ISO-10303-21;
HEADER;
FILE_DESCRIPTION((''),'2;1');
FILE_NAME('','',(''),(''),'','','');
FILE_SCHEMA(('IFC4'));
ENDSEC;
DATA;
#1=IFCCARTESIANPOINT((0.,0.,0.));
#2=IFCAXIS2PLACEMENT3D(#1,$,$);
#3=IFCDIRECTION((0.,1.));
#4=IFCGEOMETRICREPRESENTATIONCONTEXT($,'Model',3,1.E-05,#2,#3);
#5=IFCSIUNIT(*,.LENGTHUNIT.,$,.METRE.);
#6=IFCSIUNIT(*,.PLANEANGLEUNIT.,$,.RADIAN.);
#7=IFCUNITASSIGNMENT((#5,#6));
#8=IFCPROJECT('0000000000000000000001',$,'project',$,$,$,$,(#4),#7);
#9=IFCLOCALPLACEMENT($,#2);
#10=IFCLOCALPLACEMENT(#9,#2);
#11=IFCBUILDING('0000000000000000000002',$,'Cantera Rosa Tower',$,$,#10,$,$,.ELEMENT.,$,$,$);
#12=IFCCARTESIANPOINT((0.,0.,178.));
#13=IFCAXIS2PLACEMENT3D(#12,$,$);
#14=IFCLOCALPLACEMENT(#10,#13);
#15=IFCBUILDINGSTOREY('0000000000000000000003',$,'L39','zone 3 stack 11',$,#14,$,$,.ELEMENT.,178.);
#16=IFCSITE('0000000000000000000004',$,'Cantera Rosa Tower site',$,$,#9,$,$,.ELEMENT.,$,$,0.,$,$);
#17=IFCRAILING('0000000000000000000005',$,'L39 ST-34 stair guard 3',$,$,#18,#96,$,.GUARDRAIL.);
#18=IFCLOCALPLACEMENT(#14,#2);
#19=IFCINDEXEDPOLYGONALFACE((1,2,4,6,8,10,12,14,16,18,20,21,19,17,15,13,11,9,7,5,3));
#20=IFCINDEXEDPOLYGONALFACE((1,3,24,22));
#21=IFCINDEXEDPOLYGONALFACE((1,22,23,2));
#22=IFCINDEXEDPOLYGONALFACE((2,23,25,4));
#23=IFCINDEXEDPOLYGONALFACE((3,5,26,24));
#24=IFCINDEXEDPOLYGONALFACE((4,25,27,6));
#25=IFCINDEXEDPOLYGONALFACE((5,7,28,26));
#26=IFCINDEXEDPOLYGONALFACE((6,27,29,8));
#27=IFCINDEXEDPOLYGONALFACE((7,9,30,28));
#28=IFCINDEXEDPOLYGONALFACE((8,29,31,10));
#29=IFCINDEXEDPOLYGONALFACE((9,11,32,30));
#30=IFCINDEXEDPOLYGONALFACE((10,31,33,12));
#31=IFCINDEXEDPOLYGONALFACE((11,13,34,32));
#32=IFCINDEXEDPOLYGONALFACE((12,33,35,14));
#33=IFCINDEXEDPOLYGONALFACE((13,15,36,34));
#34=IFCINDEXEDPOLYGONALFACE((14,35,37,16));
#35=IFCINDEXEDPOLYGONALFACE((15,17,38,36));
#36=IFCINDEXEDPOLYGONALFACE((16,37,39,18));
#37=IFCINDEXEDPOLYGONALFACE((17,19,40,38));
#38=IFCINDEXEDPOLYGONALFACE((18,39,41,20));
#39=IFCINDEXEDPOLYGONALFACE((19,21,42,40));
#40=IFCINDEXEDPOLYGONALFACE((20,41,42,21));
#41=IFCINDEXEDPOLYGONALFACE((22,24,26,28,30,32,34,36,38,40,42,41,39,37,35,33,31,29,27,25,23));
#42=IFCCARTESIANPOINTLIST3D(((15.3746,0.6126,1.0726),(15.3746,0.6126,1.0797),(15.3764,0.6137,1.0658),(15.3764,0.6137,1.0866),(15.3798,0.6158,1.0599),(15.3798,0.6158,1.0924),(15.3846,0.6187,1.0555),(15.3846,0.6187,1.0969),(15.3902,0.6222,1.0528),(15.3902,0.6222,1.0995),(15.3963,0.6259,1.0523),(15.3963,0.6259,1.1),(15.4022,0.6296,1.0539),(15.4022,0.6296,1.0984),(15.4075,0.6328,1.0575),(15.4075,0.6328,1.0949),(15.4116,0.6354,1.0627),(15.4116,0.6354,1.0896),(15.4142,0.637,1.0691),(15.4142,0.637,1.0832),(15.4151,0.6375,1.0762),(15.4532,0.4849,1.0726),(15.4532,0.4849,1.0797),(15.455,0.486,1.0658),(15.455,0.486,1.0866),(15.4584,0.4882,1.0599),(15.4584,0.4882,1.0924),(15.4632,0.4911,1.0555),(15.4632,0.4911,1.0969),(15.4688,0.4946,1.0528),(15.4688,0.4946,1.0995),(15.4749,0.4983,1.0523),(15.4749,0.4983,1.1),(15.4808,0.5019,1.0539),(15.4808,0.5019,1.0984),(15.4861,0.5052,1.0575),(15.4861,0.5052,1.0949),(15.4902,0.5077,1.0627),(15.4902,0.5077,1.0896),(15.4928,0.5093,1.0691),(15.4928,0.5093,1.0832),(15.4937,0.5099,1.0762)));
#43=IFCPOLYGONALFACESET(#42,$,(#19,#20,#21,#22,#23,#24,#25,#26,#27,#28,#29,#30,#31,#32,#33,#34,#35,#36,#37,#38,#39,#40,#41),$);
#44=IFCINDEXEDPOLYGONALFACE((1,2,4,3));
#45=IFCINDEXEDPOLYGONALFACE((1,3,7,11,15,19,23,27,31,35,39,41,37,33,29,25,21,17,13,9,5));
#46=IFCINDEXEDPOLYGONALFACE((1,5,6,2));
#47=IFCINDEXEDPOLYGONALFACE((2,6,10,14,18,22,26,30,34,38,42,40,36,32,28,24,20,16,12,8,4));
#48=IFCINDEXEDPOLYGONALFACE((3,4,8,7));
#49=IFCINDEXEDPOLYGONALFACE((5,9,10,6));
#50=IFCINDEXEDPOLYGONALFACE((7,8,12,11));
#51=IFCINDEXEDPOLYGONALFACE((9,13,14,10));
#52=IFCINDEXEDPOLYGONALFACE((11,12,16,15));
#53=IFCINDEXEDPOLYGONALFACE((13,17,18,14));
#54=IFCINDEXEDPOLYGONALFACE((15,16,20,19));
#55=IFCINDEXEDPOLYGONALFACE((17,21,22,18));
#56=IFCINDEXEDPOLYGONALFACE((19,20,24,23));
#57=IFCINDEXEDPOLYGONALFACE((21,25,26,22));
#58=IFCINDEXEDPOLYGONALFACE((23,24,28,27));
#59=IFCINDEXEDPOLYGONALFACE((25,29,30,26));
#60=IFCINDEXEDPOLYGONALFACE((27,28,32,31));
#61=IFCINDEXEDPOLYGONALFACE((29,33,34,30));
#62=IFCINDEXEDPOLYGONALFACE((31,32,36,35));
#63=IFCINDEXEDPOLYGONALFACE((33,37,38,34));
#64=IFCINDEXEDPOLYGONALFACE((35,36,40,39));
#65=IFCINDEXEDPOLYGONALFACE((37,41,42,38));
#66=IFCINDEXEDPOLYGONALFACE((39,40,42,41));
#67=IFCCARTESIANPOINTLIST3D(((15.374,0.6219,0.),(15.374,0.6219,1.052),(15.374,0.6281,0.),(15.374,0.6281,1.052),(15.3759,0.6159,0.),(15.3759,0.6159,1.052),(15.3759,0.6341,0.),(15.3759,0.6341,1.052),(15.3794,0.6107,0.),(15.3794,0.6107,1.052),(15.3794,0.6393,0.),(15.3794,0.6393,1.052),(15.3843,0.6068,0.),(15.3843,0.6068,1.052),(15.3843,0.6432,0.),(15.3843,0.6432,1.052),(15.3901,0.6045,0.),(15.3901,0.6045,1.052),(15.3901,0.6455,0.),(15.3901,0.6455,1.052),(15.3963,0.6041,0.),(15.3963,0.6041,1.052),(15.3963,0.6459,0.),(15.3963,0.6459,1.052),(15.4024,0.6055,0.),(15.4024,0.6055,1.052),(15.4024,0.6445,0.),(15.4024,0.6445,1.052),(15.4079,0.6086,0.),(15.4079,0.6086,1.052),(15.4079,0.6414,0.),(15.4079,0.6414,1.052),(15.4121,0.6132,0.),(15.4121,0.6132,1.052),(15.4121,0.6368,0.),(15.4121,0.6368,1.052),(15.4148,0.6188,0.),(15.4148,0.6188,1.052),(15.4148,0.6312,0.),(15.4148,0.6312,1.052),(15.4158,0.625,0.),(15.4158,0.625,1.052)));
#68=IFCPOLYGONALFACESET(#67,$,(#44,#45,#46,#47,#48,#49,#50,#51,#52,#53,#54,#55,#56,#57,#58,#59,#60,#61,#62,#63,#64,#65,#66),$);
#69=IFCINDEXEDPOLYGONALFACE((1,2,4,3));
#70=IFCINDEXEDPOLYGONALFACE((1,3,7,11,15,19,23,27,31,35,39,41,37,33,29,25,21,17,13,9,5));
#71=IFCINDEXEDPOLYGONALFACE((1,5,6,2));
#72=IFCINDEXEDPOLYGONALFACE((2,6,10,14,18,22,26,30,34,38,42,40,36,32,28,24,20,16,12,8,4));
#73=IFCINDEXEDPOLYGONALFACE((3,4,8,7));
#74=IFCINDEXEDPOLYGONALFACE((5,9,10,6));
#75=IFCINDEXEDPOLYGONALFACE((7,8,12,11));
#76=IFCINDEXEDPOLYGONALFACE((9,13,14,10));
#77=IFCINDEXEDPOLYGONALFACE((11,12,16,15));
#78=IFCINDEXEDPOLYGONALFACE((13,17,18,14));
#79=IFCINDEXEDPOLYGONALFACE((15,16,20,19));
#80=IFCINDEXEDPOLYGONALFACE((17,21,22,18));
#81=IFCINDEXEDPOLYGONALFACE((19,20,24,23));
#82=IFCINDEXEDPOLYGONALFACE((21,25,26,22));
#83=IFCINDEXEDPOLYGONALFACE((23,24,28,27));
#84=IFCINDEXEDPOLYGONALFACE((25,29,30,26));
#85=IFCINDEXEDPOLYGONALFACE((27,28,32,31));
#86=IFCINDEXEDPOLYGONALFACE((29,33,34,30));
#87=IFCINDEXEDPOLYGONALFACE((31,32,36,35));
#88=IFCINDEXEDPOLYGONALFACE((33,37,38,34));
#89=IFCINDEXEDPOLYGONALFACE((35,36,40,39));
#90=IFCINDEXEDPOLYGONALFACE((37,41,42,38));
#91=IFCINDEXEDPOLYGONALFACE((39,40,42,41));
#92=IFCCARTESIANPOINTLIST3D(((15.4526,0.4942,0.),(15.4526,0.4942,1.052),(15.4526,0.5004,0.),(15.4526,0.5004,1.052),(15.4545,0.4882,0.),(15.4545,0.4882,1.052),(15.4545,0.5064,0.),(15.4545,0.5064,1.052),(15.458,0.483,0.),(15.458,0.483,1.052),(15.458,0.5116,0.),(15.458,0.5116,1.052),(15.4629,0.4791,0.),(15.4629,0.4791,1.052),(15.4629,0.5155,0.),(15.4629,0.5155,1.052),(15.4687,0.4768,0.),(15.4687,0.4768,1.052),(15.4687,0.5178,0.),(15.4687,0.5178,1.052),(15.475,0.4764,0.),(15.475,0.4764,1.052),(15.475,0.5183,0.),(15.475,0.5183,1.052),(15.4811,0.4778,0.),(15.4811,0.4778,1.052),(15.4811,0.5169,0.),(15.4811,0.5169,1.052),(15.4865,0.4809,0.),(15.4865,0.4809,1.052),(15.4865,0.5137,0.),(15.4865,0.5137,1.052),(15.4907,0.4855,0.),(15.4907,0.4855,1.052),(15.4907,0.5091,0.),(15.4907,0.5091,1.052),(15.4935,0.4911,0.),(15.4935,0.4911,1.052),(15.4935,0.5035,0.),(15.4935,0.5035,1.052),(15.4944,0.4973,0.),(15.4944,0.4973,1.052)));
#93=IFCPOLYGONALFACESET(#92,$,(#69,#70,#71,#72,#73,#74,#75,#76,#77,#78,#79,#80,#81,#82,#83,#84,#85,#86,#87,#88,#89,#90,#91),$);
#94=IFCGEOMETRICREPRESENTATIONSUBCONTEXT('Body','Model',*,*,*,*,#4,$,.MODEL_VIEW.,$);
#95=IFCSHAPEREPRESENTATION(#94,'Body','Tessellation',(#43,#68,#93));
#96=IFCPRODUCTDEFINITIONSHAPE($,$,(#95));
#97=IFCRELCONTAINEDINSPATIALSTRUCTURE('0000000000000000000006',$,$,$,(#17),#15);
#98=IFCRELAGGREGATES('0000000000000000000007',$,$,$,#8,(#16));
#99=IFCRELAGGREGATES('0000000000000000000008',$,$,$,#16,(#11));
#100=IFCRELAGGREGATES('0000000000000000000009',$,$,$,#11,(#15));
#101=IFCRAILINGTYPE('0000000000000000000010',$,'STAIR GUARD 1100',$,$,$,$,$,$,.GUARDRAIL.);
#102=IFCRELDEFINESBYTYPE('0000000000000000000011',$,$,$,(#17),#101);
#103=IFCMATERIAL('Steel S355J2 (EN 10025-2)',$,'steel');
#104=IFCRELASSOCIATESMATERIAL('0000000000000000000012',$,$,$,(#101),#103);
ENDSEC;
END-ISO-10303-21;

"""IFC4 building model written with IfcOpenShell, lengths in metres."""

from ifc_helpers import new_model, si_unit, direction, frame, origin, origin_2d, place, context, subcontext, project, spatial, circle, extrude, material, type_object, element, save


model = new_model("IFC4")

# Units and contexts
model_context = context("Model", 3, precision=1e-05, world=origin(), true_north=direction((0.0, 1.0)))
body_context = subcontext(model_context, "Body", "Model", "MODEL_VIEW")
ifc_project = project(units=[si_unit("LENGTHUNIT", "METRE"), si_unit("PLANEANGLEUNIT", "RADIAN")], contexts=[model_context])

# Site, building, storey
site_placement = place(None, origin())
site = spatial("IfcSite", under=ifc_project, at=site_placement, Name="Cantera Rosa Tower site", CompositionType="ELEMENT", RefElevation=0.0)
building_placement = place(site_placement, origin())
building = spatial("IfcBuilding", under=site, at=building_placement, Name="Cantera Rosa Tower", CompositionType="ELEMENT")
storey_placement = place(building_placement, frame((0.0, 0.0, 178.0)))
storey = spatial("IfcBuildingStorey", under=building, at=storey_placement, Name="L39", Description="zone 3 stack 11", CompositionType="ELEMENT", Elevation=178.0)

# Railing
ifc_material_1 = material(Name="Steel S355J2 (EN 10025-2)", Category="steel")
railing_type_1 = type_object("IfcRailingType", Name="STAIR GUARD 1100", PredefinedType="GUARDRAIL", material=ifc_material_1)
railing_1_placement = place(storey_placement, frame((15.3948, 0.625, 0.0)))
element("IfcRailing", 1, at=railing_1_placement, inside=storey, type_object=railing_type_1, Name="L39 ST-34 stair guard 3", PredefinedType="GUARDRAIL", context=body_context, shape_type="SweptSolid", body=[
    extrude(circle(Radius=0.0239, at=origin_2d()), frame((0.0, 0.0, 1.0762), z_axis=(0.524279, -0.851546, 0.0), x_axis=(0.851546, 0.524279, 0.0)), (0.0, 0.0, 1.0), 0.1499),
    extrude(circle(Radius=0.021, at=origin_2d()), origin(), (0.0, 0.0, 1.0), 1.052),
    extrude(circle(Radius=0.021, at=origin_2d()), frame((0.0786, -0.1277, 0.0)), (0.0, 0.0, 1.0), 1.052),
])

save(model, "model.ifc")
